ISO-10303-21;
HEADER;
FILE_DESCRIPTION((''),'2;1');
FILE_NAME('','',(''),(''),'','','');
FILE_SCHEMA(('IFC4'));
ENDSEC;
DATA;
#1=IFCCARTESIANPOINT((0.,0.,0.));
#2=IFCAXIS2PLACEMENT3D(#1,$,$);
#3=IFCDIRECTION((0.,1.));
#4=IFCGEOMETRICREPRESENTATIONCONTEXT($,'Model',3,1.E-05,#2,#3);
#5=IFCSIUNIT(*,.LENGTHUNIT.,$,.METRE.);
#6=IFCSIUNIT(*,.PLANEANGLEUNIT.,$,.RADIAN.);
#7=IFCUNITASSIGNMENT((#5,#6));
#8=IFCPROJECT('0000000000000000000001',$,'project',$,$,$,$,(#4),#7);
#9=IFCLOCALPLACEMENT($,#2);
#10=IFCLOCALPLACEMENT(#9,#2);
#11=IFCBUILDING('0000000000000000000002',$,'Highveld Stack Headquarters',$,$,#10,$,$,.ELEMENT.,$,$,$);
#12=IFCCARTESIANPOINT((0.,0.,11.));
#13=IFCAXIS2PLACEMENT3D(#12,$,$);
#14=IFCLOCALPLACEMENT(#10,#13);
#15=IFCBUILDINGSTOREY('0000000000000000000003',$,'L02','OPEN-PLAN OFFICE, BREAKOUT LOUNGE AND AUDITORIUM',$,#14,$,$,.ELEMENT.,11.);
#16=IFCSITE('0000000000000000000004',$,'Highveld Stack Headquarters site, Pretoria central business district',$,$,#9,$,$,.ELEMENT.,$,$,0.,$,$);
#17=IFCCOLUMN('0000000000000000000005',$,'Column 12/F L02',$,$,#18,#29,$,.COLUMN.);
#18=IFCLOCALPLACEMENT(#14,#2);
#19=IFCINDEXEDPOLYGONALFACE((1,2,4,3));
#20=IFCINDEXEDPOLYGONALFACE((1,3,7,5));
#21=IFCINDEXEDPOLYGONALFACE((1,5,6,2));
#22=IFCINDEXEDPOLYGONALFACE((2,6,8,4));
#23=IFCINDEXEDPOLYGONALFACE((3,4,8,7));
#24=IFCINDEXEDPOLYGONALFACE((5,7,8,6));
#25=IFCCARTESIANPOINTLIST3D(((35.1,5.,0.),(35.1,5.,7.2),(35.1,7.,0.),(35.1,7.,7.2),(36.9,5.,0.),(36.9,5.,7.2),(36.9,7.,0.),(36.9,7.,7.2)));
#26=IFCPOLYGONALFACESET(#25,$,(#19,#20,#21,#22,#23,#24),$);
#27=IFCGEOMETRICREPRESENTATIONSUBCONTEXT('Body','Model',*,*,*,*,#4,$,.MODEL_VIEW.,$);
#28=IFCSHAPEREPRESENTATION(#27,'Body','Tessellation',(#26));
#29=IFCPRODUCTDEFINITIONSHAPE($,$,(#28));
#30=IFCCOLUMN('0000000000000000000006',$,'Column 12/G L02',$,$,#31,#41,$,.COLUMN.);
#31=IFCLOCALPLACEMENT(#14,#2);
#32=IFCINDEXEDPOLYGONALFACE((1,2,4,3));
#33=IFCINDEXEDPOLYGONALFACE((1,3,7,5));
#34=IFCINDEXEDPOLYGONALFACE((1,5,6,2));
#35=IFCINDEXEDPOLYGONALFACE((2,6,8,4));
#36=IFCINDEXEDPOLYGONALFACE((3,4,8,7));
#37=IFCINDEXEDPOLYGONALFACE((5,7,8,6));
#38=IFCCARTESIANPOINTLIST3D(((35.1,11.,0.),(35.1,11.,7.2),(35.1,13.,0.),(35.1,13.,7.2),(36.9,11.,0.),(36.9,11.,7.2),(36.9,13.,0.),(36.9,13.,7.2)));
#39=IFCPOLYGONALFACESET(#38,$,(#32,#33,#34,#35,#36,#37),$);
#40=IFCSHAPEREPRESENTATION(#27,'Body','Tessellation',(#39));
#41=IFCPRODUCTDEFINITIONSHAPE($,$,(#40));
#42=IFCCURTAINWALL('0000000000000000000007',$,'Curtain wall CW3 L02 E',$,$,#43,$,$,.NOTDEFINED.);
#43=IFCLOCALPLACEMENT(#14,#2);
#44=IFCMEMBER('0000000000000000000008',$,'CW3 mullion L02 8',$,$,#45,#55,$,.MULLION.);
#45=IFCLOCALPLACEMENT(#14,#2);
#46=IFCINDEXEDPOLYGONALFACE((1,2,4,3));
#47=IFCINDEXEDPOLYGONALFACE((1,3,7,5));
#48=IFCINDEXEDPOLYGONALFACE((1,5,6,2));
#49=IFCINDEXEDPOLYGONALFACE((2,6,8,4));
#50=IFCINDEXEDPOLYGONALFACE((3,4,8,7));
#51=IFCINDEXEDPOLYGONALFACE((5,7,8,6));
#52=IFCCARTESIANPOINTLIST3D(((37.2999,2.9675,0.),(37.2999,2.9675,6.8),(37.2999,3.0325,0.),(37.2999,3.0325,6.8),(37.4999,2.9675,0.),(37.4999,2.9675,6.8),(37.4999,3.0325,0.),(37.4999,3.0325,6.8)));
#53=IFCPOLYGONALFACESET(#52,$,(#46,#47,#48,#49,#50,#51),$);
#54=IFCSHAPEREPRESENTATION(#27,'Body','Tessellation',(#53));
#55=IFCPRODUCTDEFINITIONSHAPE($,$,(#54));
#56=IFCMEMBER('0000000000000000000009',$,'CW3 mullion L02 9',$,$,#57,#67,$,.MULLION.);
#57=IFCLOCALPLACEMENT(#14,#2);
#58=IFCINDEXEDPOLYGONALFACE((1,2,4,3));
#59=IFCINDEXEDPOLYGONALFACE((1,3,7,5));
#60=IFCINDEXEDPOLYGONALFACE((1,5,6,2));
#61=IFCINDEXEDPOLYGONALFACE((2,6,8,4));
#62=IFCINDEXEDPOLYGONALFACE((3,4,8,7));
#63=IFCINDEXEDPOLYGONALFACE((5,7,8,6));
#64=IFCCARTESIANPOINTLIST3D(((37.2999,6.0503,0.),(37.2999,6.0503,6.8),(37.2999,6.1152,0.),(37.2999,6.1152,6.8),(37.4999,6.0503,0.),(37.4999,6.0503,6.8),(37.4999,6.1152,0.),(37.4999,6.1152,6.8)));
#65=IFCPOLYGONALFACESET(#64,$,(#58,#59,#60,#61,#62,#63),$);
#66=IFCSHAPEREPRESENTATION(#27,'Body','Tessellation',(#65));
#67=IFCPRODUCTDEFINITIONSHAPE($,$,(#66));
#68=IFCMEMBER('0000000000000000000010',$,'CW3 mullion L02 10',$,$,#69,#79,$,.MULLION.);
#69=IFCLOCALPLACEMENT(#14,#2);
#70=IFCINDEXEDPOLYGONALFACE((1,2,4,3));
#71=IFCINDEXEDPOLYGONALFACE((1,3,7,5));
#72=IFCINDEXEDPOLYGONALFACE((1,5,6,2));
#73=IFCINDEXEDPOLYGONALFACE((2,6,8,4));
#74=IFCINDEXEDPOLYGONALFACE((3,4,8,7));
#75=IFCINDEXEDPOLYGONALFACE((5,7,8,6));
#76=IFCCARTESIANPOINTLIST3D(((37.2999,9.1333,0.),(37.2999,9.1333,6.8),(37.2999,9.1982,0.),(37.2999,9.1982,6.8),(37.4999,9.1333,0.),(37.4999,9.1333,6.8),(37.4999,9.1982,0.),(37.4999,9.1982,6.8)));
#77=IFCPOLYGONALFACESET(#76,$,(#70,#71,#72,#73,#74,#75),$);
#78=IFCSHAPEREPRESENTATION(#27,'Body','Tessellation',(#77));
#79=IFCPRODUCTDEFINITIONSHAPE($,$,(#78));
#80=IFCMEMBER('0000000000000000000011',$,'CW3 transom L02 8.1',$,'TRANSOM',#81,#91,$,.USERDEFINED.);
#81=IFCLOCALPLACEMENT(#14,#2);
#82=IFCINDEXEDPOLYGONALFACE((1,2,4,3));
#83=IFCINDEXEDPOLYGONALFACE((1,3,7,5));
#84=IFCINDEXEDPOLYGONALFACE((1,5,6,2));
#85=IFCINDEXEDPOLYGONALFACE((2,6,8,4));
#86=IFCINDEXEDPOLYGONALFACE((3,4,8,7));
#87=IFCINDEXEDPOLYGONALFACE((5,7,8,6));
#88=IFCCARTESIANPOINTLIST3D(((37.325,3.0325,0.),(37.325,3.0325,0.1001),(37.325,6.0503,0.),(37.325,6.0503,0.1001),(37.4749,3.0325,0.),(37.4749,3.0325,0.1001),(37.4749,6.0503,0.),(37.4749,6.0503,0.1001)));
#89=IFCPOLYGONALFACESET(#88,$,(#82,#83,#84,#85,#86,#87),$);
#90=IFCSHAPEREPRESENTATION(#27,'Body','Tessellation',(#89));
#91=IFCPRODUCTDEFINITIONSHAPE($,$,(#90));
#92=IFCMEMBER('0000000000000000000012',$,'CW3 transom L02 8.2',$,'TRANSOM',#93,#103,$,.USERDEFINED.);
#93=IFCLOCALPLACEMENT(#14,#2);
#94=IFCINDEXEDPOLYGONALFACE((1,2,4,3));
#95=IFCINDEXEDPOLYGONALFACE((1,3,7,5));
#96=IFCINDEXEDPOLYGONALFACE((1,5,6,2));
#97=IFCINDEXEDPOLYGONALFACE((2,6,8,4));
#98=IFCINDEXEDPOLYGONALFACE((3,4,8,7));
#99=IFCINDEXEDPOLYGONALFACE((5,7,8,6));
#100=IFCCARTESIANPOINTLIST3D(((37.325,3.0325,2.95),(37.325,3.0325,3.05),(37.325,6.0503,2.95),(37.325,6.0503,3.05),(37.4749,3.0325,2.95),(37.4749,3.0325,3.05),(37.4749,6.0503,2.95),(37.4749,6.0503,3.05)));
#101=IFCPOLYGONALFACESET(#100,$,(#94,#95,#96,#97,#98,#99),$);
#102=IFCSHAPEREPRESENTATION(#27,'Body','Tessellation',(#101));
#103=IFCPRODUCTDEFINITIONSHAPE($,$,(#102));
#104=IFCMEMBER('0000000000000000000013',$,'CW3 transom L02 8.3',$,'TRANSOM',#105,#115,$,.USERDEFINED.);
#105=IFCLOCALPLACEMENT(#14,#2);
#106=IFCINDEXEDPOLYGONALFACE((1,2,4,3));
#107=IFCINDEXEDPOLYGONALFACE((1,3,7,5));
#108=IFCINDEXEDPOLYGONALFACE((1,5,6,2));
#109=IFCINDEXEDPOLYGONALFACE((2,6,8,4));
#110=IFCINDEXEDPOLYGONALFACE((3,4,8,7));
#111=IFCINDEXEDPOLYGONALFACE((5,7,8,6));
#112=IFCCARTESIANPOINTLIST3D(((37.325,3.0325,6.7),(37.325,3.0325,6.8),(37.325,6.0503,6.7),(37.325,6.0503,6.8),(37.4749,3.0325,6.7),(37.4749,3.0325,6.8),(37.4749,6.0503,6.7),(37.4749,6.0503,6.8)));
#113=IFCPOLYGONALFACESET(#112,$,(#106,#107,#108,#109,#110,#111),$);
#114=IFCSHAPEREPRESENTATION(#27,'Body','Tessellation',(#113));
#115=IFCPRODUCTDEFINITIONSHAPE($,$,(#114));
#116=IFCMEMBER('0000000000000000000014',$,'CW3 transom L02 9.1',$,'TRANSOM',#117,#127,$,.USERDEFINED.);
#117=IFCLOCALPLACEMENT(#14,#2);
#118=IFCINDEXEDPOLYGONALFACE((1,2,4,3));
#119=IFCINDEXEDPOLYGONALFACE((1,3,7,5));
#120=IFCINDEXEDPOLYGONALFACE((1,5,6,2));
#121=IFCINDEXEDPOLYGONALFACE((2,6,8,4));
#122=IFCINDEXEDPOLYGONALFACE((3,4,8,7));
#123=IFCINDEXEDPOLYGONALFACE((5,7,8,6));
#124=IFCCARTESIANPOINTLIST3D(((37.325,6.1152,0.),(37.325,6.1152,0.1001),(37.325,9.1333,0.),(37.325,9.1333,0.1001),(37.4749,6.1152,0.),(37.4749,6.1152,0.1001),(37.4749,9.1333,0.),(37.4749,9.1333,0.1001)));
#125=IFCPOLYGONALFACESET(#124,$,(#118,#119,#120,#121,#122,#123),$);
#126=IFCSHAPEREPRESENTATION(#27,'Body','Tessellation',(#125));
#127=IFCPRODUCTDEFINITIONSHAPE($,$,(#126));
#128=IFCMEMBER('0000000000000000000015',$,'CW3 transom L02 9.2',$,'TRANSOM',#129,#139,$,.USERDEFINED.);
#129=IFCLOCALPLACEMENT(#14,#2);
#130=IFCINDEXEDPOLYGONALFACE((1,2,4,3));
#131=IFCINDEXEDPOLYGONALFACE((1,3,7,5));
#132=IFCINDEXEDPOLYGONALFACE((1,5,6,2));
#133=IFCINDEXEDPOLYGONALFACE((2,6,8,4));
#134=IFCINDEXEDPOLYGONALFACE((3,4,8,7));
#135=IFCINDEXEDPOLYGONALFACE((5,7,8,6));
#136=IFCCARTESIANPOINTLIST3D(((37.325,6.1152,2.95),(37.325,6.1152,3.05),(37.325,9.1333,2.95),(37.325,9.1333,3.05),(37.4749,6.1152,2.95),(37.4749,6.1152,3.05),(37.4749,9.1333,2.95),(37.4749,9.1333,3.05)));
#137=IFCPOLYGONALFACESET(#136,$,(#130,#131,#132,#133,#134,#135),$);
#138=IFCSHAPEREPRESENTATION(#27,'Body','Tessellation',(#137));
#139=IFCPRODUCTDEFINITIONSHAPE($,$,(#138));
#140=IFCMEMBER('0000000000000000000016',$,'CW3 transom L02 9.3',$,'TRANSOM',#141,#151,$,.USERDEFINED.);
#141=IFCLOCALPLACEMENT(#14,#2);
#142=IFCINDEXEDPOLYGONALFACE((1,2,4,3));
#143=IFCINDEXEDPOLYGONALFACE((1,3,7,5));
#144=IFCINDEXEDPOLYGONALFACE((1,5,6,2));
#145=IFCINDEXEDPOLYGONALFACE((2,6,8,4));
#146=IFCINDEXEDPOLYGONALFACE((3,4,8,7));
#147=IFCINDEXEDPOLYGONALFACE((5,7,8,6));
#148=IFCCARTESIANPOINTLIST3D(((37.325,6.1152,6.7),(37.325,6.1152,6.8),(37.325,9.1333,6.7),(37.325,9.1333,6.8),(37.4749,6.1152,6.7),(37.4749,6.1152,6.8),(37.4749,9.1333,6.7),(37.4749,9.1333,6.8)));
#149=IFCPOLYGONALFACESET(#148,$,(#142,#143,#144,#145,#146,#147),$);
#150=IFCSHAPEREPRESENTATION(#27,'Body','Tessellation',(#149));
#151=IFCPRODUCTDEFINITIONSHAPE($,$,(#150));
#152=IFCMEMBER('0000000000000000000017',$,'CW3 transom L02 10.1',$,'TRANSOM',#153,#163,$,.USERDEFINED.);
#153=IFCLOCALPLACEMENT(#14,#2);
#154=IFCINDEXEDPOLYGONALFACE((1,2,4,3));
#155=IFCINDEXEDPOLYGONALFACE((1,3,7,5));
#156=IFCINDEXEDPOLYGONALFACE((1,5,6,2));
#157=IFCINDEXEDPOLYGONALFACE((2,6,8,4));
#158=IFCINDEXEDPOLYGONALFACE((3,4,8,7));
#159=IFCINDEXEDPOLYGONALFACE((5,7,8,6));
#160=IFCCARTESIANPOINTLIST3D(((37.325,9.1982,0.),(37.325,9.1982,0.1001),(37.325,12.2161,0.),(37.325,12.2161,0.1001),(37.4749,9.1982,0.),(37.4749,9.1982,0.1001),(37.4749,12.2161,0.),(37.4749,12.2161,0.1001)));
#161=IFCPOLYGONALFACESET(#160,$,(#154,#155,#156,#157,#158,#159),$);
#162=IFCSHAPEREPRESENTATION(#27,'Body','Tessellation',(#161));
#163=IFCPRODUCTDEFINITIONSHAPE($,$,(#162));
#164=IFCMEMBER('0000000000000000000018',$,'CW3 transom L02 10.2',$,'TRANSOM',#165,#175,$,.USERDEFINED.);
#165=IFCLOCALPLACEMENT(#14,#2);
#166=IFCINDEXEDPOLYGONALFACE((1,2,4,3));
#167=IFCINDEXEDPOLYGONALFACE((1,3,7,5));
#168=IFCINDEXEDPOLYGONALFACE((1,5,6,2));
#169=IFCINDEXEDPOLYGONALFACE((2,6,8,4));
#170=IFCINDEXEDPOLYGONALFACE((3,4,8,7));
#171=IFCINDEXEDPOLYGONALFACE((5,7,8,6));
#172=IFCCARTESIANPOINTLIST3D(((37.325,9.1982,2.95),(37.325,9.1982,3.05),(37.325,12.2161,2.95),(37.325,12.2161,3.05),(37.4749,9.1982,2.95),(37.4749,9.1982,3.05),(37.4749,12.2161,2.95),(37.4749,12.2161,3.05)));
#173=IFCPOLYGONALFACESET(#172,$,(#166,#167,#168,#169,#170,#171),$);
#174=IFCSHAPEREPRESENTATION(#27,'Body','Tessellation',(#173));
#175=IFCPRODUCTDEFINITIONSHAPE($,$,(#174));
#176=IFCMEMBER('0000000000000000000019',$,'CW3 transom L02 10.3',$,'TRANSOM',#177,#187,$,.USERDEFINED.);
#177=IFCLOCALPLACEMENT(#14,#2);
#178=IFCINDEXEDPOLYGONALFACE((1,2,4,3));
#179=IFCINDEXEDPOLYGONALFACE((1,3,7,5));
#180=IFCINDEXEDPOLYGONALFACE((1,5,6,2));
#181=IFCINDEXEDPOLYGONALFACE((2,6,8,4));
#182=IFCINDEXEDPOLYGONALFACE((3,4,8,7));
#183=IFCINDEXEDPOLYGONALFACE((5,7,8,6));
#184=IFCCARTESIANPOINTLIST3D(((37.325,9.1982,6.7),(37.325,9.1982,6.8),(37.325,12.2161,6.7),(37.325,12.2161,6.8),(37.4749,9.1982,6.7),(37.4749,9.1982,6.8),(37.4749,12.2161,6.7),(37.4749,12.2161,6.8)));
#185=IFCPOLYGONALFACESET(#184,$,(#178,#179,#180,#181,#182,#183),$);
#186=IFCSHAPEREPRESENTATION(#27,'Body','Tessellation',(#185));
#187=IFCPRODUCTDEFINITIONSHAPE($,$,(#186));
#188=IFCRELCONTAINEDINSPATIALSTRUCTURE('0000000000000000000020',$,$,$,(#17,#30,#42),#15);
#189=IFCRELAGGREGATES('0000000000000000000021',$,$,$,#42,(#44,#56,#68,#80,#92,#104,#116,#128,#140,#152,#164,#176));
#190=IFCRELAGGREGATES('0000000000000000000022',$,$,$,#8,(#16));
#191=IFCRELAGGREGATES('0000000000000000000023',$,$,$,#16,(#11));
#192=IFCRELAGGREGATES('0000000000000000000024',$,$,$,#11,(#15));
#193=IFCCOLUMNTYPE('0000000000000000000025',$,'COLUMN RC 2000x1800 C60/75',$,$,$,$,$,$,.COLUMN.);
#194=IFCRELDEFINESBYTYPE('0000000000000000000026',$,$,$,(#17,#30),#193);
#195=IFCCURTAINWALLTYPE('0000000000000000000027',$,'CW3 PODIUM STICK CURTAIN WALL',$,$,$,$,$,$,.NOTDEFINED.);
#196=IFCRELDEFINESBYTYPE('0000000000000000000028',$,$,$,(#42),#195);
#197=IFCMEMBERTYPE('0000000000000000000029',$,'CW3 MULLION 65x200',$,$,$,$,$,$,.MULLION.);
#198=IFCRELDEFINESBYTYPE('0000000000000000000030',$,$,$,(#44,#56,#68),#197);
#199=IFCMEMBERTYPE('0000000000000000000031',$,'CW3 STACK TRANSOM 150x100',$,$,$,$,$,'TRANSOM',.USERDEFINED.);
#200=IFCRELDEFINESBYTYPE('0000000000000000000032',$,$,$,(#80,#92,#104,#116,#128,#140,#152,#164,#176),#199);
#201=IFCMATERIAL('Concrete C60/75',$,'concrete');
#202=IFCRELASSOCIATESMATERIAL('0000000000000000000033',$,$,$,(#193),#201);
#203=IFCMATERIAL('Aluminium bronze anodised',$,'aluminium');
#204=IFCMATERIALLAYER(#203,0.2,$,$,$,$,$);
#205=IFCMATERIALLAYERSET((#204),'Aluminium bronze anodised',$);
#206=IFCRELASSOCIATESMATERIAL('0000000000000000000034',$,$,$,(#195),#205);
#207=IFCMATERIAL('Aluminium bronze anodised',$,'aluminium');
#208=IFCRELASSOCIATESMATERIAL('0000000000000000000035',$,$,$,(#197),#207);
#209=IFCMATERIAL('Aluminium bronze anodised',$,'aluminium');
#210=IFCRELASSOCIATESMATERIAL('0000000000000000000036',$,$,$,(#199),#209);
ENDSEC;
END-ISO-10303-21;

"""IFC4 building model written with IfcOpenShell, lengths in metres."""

from ifc_helpers import new_model, si_unit, direction, frame, origin, origin_2d, place, context, subcontext, project, spatial, rectangle, extrude, material, layer, layer_set, material_profile, profile_set, type_object, element, aggregate, save


model = new_model("IFC4")

# Units and contexts
model_context = context("Model", 3, precision=1e-05, world=origin(), true_north=direction((0.0, 1.0)))
body_context = subcontext(model_context, "Body", "Model", "MODEL_VIEW")
ifc_project = project(units=[si_unit("LENGTHUNIT", "METRE"), si_unit("PLANEANGLEUNIT", "RADIAN")], contexts=[model_context])

# Site, building, storey
site_placement = place(None, origin())
site = spatial("IfcSite", under=ifc_project, at=site_placement, Name="Highveld Stack Headquarters site, Pretoria central business district", CompositionType="ELEMENT", RefElevation=0.0)
building_placement = place(site_placement, origin())
building = spatial("IfcBuilding", under=site, at=building_placement, Name="Highveld Stack Headquarters", CompositionType="ELEMENT")
storey_placement = place(building_placement, frame((0.0, 0.0, 11.0)))
storey = spatial("IfcBuildingStorey", under=building, at=storey_placement, Name="L02", Description="OPEN-PLAN OFFICE, BREAKOUT LOUNGE AND AUDITORIUM", CompositionType="ELEMENT", Elevation=11.0)

# Columns
ifc_material_1 = material(Name="Concrete C60/75", Category="concrete")
ifc_material_profile_1 = material_profile(ifc_material_1, rectangle(XDim=2.0, YDim=1.8, at=origin_2d()), Name="RC 2000x1800")
ifc_profile_set_1 = profile_set([ifc_material_profile_1], Name="Concrete C60/75")
column_type = type_object("IfcColumnType", Name="COLUMN RC 2000x1800 C60/75", PredefinedType="COLUMN", material=ifc_profile_set_1)
for number, where, z_axis, x_axis, name in (
    (1, (36.0, 6.0, 0.0), (0.0, 0.0, 1.0), (0.0, 1.0, 0.0), "Column 12/F L02"),
    (2, (36.0, 12.0, 0.0), (0.0, 0.0, 1.0), (0.0, 1.0, 0.0), "Column 12/G L02"),
):
    element("IfcColumn", number, at=place(storey_placement, frame(where, z_axis=z_axis, x_axis=x_axis)), inside=storey, type_object=column_type, Name=name, PredefinedType="COLUMN", context=body_context, shape_type="SweptSolid", body=[
        extrude(rectangle(XDim=2.0, YDim=1.8, at=origin_2d()), origin(), (0.0, 0.0, 1.0), 7.2),
    ])

# Curtain wall, members
ifc_material_2 = material(Name="Aluminium bronze anodised", Category="aluminium")
ifc_layer_1 = layer(ifc_material_2, 0.2)
ifc_layer_set_1 = layer_set([ifc_layer_1], Name="Aluminium bronze anodised")
curtain_wall_type = type_object("IfcCurtainWallType", Name="CW3 PODIUM STICK CURTAIN WALL", PredefinedType="NOTDEFINED", material=ifc_layer_set_1)
curtain_wall_placement = place(storey_placement, origin())
curtain_wall = element("IfcCurtainWall", 3, at=curtain_wall_placement, inside=storey, type_object=curtain_wall_type, Name="Curtain wall CW3 L02 E", PredefinedType="NOTDEFINED")
ifc_material_3 = material(Name="Aluminium bronze anodised", Category="aluminium")
ifc_material_profile_2 = material_profile(ifc_material_3, rectangle(XDim=0.2, YDim=0.0649, at=origin_2d()), Name="CW3 MULLION 65x200")
ifc_profile_set_2 = profile_set([ifc_material_profile_2], Name="Aluminium bronze anodised")
member_type_1 = type_object("IfcMemberType", Name="CW3 MULLION 65x200", PredefinedType="MULLION", material=ifc_profile_set_2)
member_1_placement = place(storey_placement, frame((37.3999, 3.0, 0.0), z_axis=(0.0, 0.0, 1.0), x_axis=(-1.0, 0.0, 0.0)))
member_1 = element("IfcMember", 4, at=member_1_placement, type_object=member_type_1, Name="CW3 mullion L02 8", PredefinedType="MULLION", context=body_context, shape_type="SweptSolid", body=[
    extrude(rectangle(XDim=0.2, YDim=0.0649, at=origin_2d()), origin(), (0.0, 0.0, 1.0), 6.8),
])
member_2_placement = place(storey_placement, frame((37.3999, 6.0828, 0.0), z_axis=(0.0, 0.0, 1.0), x_axis=(-1.0, 0.0, 0.0)))
member_2 = element("IfcMember", 5, at=member_2_placement, type_object=member_type_1, Name="CW3 mullion L02 9", PredefinedType="MULLION", context=body_context, shape_type="SweptSolid", body=[
    extrude(rectangle(XDim=0.2, YDim=0.0649, at=origin_2d()), origin(), (0.0, 0.0, 1.0), 6.8),
])
member_3_placement = place(storey_placement, frame((37.3999, 9.1658, 0.0), z_axis=(0.0, 0.0, 1.0), x_axis=(-1.0, 0.0, 0.0)))
member_3 = element("IfcMember", 6, at=member_3_placement, type_object=member_type_1, Name="CW3 mullion L02 10", PredefinedType="MULLION", context=body_context, shape_type="SweptSolid", body=[
    extrude(rectangle(XDim=0.2, YDim=0.0649, at=origin_2d()), origin(), (0.0, 0.0, 1.0), 6.8),
])
ifc_material_4 = material(Name="Aluminium bronze anodised", Category="aluminium")
ifc_material_profile_3 = material_profile(ifc_material_4, rectangle(XDim=0.1499, YDim=0.1001, at=origin_2d()), Name="CW3 TRANSOM 150x100")
ifc_profile_set_3 = profile_set([ifc_material_profile_3], Name="Aluminium bronze anodised")
member_type_2 = type_object("IfcMemberType", Name="CW3 STACK TRANSOM 150x100", ElementType="TRANSOM", PredefinedType="USERDEFINED", material=ifc_profile_set_3)
member_4_placement = place(storey_placement, frame((37.3999, 3.0325, 0.05), z_axis=(0.0, 1.0, 0.0), x_axis=(-1.0, 0.0, 0.0)))
member_4 = element("IfcMember", 7, at=member_4_placement, type_object=member_type_2, Name="CW3 transom L02 8.1", ObjectType="TRANSOM", PredefinedType="USERDEFINED", context=body_context, shape_type="SweptSolid", body=[
    extrude(rectangle(XDim=0.1499, YDim=0.1001, at=origin_2d()), origin(), (0.0, 0.0, 1.0), 3.0178),
])
member_5_placement = place(storey_placement, frame((37.3999, 3.0325, 3.0), z_axis=(0.0, 1.0, 0.0), x_axis=(-1.0, 0.0, 0.0)))
member_5 = element("IfcMember", 8, at=member_5_placement, type_object=member_type_2, Name="CW3 transom L02 8.2", ObjectType="TRANSOM", PredefinedType="USERDEFINED", context=body_context, shape_type="SweptSolid", body=[
    extrude(rectangle(XDim=0.1499, YDim=0.1001, at=origin_2d()), origin(), (0.0, 0.0, 1.0), 3.0178),
])
member_6_placement = place(storey_placement, frame((37.3999, 3.0325, 6.75), z_axis=(0.0, 1.0, 0.0), x_axis=(-1.0, 0.0, 0.0)))
member_6 = element("IfcMember", 9, at=member_6_placement, type_object=member_type_2, Name="CW3 transom L02 8.3", ObjectType="TRANSOM", PredefinedType="USERDEFINED", context=body_context, shape_type="SweptSolid", body=[
    extrude(rectangle(XDim=0.1499, YDim=0.1001, at=origin_2d()), origin(), (0.0, 0.0, 1.0), 3.0178),
])
member_7_placement = place(storey_placement, frame((37.3999, 6.1152, 0.05), z_axis=(0.0, 1.0, 0.0), x_axis=(-1.0, 0.0, 0.0)))
member_7 = element("IfcMember", 10, at=member_7_placement, type_object=member_type_2, Name="CW3 transom L02 9.1", ObjectType="TRANSOM", PredefinedType="USERDEFINED", context=body_context, shape_type="SweptSolid", body=[
    extrude(rectangle(XDim=0.1499, YDim=0.1001, at=origin_2d()), origin(), (0.0, 0.0, 1.0), 3.0181),
])
member_8_placement = place(storey_placement, frame((37.3999, 6.1152, 3.0), z_axis=(0.0, 1.0, 0.0), x_axis=(-1.0, 0.0, 0.0)))
member_8 = element("IfcMember", 11, at=member_8_placement, type_object=member_type_2, Name="CW3 transom L02 9.2", ObjectType="TRANSOM", PredefinedType="USERDEFINED", context=body_context, shape_type="SweptSolid", body=[
    extrude(rectangle(XDim=0.1499, YDim=0.1001, at=origin_2d()), origin(), (0.0, 0.0, 1.0), 3.0181),
])
member_9_placement = place(storey_placement, frame((37.3999, 6.1152, 6.75), z_axis=(0.0, 1.0, 0.0), x_axis=(-1.0, 0.0, 0.0)))
member_9 = element("IfcMember", 12, at=member_9_placement, type_object=member_type_2, Name="CW3 transom L02 9.3", ObjectType="TRANSOM", PredefinedType="USERDEFINED", context=body_context, shape_type="SweptSolid", body=[
    extrude(rectangle(XDim=0.1499, YDim=0.1001, at=origin_2d()), origin(), (0.0, 0.0, 1.0), 3.0181),
])
member_10_placement = place(storey_placement, frame((37.3999, 9.1982, 0.05), z_axis=(0.0, 1.0, 0.0), x_axis=(-1.0, 0.0, 0.0)))
member_10 = element("IfcMember", 13, at=member_10_placement, type_object=member_type_2, Name="CW3 transom L02 10.1", ObjectType="TRANSOM", PredefinedType="USERDEFINED", context=body_context, shape_type="SweptSolid", body=[
    extrude(rectangle(XDim=0.1499, YDim=0.1001, at=origin_2d()), origin(), (0.0, 0.0, 1.0), 3.0178),
])
member_11_placement = place(storey_placement, frame((37.3999, 9.1982, 3.0), z_axis=(0.0, 1.0, 0.0), x_axis=(-1.0, 0.0, 0.0)))
member_11 = element("IfcMember", 14, at=member_11_placement, type_object=member_type_2, Name="CW3 transom L02 10.2", ObjectType="TRANSOM", PredefinedType="USERDEFINED", context=body_context, shape_type="SweptSolid", body=[
    extrude(rectangle(XDim=0.1499, YDim=0.1001, at=origin_2d()), origin(), (0.0, 0.0, 1.0), 3.0178),
])
member_12_placement = place(storey_placement, frame((37.3999, 9.1982, 6.75), z_axis=(0.0, 1.0, 0.0), x_axis=(-1.0, 0.0, 0.0)))
member_12 = element("IfcMember", 15, at=member_12_placement, type_object=member_type_2, Name="CW3 transom L02 10.3", ObjectType="TRANSOM", PredefinedType="USERDEFINED", context=body_context, shape_type="SweptSolid", body=[
    extrude(rectangle(XDim=0.1499, YDim=0.1001, at=origin_2d()), origin(), (0.0, 0.0, 1.0), 3.0178),
])
aggregate(curtain_wall, [member_1, member_2, member_3, member_4, member_5, member_6, member_7, member_8, member_9, member_10, member_11, member_12])

save(model, "model.ifc")
